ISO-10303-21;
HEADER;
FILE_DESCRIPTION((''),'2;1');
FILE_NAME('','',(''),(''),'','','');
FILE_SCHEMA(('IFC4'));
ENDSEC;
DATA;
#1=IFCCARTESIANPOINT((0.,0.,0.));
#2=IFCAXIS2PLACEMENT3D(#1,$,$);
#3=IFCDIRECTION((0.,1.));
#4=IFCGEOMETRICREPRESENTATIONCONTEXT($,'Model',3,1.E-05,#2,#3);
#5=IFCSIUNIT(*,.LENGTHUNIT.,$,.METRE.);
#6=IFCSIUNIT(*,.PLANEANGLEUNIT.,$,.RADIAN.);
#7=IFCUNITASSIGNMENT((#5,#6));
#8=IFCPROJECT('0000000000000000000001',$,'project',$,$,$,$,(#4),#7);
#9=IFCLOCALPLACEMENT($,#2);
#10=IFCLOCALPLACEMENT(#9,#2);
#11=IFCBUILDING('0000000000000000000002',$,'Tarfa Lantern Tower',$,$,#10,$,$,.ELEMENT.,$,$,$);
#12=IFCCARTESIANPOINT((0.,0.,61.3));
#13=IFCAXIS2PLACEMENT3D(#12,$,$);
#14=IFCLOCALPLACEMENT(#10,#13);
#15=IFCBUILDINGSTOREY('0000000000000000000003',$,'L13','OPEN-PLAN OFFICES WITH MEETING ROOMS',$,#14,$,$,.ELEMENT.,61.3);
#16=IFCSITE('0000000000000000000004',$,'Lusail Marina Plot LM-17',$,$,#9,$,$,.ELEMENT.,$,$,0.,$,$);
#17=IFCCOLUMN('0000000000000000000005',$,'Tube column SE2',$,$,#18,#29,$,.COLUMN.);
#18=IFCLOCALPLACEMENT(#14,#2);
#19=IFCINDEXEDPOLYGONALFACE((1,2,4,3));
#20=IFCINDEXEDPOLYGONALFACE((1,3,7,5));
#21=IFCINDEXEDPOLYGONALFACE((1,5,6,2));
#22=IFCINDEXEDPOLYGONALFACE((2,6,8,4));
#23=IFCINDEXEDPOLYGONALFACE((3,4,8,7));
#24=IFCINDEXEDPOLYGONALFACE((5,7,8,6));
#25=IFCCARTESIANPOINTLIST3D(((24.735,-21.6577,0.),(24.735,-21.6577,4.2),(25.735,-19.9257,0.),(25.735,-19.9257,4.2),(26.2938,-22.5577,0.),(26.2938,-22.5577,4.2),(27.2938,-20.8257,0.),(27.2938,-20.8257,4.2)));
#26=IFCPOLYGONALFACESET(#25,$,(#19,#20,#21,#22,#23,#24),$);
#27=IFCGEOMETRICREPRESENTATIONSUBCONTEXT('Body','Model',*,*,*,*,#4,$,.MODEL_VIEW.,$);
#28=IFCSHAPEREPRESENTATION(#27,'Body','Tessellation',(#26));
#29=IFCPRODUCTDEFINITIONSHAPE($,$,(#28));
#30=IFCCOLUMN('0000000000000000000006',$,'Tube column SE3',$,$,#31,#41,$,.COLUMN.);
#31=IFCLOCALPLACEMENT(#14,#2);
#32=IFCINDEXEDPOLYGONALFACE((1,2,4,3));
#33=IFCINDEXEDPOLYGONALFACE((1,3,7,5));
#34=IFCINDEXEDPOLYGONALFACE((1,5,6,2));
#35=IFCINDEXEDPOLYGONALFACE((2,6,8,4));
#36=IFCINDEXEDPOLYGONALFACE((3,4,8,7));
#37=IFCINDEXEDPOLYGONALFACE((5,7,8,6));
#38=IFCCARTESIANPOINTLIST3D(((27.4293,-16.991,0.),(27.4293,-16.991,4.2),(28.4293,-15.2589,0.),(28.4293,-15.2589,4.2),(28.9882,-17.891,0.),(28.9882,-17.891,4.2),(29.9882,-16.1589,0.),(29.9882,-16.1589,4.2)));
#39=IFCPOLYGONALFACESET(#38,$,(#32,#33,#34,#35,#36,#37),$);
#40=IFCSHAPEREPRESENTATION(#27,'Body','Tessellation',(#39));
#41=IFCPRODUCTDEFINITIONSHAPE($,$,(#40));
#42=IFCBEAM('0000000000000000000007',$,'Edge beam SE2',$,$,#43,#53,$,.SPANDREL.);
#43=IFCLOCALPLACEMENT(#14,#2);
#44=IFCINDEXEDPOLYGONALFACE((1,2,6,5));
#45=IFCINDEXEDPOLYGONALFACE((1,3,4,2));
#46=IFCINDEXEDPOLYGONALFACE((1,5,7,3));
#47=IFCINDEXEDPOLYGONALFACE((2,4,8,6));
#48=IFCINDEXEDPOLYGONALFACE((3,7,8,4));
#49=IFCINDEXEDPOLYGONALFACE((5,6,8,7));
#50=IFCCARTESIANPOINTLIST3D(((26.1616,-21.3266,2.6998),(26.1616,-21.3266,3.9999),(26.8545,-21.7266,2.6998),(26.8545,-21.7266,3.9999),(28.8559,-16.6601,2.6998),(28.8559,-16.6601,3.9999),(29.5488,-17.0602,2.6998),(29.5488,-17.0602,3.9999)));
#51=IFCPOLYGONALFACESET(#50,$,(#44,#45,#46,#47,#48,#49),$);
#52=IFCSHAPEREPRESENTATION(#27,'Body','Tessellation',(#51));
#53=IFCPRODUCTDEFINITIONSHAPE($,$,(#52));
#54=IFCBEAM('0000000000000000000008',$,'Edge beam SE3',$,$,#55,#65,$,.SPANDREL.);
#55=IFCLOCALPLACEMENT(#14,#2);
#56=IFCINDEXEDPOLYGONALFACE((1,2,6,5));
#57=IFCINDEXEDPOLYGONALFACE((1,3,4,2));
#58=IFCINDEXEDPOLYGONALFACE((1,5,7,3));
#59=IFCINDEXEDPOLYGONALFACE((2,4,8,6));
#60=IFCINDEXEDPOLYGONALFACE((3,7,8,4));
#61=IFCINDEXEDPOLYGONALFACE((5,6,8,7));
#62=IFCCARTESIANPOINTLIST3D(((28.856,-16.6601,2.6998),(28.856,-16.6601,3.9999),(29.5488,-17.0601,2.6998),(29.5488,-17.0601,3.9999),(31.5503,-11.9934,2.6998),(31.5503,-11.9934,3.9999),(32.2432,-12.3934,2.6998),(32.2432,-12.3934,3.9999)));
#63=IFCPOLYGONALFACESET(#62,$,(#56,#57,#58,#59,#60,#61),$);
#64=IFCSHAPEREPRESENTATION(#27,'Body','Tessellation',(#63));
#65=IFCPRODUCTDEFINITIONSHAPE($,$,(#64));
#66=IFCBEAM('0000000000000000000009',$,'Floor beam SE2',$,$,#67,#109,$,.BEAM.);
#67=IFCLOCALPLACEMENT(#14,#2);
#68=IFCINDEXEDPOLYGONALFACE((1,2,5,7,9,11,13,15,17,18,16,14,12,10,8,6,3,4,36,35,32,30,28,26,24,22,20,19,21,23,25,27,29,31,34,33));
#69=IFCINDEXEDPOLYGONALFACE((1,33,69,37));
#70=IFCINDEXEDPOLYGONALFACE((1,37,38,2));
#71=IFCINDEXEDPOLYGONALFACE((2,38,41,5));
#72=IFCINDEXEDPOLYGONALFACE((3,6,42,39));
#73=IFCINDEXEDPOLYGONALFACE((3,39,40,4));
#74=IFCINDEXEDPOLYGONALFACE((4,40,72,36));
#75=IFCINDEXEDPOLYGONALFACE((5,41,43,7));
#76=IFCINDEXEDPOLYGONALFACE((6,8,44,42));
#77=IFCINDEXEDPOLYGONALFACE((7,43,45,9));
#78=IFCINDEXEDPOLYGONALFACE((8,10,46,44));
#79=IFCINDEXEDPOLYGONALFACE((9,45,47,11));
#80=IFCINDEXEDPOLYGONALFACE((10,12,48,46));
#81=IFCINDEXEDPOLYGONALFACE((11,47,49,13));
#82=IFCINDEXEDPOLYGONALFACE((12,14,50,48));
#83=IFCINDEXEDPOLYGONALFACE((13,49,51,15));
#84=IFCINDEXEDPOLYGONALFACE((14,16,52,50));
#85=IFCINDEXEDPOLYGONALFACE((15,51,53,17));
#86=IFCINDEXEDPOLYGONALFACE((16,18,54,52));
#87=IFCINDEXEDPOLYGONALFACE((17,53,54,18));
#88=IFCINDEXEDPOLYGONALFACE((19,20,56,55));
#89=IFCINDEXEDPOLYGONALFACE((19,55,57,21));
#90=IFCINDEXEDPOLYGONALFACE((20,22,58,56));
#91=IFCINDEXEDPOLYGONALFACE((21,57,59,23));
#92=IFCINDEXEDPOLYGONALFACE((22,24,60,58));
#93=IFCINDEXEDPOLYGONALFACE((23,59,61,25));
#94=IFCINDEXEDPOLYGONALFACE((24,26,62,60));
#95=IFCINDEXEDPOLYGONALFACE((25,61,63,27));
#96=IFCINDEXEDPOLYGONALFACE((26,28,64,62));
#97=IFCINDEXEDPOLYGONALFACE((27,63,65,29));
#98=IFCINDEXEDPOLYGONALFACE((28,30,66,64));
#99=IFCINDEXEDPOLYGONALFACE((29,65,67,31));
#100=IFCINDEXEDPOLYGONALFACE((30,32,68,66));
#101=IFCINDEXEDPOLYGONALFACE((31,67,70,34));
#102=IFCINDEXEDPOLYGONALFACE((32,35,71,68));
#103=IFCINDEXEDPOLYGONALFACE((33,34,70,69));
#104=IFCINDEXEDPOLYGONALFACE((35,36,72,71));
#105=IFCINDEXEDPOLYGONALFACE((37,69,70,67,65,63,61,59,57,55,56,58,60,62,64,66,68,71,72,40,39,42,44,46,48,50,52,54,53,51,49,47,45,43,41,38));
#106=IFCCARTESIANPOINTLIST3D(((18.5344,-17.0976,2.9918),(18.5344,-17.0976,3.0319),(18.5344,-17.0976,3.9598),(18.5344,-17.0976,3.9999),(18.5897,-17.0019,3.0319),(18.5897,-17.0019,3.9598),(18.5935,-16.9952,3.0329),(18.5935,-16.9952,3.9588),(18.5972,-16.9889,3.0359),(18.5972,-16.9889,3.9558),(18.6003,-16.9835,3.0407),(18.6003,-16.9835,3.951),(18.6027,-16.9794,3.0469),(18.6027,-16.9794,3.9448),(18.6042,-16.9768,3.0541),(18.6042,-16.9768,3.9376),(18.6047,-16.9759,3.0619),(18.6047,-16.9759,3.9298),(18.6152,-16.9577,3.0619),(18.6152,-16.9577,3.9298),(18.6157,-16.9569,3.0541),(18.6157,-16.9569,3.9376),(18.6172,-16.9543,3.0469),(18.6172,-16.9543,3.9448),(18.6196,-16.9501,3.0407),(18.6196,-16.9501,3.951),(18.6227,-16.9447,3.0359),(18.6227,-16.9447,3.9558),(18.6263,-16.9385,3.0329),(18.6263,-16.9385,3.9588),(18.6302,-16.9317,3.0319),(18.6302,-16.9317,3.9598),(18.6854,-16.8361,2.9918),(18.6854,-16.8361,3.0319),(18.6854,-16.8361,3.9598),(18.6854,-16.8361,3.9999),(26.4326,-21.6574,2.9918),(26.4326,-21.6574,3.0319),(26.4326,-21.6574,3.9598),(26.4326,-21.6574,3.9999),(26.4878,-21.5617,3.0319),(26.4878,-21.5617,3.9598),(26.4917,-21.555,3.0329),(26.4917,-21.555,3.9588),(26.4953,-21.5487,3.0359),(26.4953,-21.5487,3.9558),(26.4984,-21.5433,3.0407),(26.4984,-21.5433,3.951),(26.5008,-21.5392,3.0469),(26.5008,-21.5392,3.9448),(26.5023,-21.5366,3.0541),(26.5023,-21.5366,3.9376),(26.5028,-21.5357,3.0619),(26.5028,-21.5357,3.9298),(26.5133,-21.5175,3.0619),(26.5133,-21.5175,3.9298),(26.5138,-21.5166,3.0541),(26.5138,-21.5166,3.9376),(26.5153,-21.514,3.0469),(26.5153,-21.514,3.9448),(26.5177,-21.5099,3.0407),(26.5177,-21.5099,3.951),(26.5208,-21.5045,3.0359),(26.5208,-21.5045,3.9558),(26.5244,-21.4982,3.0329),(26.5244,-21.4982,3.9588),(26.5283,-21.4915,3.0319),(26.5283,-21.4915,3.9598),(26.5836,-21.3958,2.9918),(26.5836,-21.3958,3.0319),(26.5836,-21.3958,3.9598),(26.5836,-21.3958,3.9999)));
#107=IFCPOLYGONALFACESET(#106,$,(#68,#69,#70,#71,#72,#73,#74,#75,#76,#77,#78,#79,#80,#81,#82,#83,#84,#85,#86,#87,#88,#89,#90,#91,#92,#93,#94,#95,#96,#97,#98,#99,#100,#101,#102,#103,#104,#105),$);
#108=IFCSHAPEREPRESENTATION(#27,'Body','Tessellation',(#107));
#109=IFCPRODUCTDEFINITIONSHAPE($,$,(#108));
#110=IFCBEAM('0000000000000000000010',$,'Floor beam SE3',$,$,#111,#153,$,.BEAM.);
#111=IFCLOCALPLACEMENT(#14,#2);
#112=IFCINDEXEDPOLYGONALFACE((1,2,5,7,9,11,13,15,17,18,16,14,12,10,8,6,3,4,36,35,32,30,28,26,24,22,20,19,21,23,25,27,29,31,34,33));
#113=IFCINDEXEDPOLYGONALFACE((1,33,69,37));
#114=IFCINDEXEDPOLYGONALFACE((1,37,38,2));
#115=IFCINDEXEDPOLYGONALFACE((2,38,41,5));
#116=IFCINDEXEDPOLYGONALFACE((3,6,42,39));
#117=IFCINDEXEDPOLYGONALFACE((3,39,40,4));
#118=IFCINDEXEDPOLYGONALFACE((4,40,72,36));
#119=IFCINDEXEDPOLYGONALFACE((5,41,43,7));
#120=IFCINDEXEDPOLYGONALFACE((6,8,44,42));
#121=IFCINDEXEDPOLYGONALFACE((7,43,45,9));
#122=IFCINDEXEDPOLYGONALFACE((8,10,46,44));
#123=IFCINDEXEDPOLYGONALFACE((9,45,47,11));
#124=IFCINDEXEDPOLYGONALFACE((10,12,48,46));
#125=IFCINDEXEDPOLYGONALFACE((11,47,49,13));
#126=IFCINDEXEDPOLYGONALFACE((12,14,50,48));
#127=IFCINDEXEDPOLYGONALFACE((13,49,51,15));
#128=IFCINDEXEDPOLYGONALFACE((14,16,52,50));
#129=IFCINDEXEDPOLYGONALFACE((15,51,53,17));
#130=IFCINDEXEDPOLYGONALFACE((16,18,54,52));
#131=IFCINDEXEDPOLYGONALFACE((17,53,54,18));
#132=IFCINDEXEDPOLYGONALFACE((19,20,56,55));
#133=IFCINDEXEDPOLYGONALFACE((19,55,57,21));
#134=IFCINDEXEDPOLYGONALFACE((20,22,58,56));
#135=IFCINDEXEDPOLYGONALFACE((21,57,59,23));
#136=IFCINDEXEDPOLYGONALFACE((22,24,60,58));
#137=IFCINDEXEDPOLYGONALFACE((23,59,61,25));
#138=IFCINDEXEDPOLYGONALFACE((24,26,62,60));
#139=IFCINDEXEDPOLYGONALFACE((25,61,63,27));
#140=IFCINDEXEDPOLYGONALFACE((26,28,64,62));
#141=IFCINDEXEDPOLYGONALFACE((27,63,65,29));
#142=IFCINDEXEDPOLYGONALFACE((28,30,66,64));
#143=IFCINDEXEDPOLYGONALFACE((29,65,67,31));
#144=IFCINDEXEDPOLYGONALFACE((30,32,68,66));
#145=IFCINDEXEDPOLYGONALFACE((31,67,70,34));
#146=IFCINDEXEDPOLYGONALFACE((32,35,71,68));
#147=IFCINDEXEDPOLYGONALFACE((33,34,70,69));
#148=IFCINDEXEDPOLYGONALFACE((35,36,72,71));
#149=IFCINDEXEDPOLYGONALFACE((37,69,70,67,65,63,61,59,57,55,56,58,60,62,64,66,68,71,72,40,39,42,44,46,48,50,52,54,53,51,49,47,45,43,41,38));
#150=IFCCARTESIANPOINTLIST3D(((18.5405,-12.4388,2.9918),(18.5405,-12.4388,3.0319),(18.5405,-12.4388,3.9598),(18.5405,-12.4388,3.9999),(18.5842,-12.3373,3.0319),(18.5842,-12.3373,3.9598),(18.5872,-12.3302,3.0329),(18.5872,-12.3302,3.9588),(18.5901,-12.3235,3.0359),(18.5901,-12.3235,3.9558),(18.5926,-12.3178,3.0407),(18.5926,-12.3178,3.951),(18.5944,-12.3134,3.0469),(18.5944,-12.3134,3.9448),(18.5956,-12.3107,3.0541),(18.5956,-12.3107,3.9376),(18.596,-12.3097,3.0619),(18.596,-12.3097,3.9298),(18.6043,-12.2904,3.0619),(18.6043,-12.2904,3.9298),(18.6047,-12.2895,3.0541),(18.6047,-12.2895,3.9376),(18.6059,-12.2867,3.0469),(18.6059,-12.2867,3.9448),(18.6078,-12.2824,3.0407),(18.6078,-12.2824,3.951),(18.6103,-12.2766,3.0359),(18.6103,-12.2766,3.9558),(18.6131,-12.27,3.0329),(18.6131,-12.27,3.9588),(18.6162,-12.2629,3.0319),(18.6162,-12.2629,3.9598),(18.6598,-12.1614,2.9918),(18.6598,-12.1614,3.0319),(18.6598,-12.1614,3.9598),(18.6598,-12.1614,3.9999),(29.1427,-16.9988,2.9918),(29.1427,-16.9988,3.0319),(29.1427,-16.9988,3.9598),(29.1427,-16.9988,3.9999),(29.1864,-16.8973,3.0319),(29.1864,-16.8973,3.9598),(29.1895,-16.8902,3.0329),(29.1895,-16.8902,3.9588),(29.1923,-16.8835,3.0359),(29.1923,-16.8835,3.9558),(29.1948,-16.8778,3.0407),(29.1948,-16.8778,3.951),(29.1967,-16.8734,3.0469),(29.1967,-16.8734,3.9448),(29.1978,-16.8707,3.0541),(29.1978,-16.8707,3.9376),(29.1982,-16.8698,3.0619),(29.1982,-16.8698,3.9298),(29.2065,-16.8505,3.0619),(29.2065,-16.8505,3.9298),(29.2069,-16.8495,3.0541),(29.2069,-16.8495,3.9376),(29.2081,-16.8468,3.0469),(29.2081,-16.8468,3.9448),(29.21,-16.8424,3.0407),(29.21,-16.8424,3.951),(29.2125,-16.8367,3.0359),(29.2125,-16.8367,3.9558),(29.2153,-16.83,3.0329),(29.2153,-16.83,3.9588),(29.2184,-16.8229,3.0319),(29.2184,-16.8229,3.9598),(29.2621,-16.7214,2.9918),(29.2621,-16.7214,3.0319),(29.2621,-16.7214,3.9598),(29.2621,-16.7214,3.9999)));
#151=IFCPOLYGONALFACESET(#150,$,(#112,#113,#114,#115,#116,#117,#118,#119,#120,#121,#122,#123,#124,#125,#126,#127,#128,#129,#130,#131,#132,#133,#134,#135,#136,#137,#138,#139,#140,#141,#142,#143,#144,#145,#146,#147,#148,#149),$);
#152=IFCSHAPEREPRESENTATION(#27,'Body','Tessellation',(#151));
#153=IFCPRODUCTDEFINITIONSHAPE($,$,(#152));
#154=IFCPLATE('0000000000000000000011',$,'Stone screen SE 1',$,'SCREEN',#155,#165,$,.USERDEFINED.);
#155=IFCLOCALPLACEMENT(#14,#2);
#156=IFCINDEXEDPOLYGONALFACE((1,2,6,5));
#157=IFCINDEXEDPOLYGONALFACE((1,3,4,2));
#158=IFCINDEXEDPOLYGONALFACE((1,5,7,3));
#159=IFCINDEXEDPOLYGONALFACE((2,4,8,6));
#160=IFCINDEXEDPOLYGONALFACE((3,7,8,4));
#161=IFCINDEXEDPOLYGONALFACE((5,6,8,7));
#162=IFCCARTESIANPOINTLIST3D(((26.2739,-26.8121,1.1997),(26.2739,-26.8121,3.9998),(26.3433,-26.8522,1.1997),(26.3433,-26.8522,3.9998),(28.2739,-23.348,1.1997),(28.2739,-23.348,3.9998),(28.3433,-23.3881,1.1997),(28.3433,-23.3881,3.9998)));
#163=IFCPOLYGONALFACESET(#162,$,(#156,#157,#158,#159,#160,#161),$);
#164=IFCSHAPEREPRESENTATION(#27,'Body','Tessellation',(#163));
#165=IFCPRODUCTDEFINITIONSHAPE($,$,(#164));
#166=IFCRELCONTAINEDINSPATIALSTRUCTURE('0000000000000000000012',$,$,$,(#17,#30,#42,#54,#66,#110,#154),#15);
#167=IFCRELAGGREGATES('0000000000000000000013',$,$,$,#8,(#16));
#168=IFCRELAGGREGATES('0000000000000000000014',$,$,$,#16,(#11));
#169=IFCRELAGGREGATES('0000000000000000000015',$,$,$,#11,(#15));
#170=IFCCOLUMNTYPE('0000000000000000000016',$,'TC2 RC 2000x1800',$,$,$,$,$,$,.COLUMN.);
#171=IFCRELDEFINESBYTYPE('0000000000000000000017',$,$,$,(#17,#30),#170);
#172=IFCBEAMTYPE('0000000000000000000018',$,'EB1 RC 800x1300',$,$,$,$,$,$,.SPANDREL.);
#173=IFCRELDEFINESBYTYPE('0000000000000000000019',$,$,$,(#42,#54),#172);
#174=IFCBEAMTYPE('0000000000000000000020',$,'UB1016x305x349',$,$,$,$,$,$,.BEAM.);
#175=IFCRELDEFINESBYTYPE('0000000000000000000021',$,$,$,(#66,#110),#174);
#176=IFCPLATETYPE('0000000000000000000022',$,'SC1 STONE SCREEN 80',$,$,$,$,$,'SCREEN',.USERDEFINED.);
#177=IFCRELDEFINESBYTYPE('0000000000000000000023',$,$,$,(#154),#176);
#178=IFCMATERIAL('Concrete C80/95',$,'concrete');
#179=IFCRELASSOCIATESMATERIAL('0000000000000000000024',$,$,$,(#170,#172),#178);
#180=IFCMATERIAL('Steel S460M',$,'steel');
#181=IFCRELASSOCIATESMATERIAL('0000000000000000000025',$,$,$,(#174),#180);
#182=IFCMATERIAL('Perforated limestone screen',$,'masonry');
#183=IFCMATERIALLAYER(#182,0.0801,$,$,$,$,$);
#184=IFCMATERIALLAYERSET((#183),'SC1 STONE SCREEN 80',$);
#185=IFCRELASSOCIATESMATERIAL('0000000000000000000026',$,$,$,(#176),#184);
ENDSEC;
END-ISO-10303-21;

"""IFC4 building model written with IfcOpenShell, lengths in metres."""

from ifc_helpers import new_model, si_unit, direction, frame, origin, origin_2d, place, context, subcontext, project, spatial, rectangle, i_section, extrude, material, layer, layer_set, material_profile, profile_set, type_object, element, save


model = new_model("IFC4")

# Units and contexts
model_context = context("Model", 3, precision=1e-05, world=origin(), true_north=direction((0.0, 1.0)))
body_context = subcontext(model_context, "Body", "Model", "MODEL_VIEW")
ifc_project = project(units=[si_unit("LENGTHUNIT", "METRE"), si_unit("PLANEANGLEUNIT", "RADIAN")], contexts=[model_context])

# Site, building, storey
site_placement = place(None, origin())
site = spatial("IfcSite", under=ifc_project, at=site_placement, Name="Lusail Marina Plot LM-17", CompositionType="ELEMENT", RefElevation=0.0)
building_placement = place(site_placement, origin())
building = spatial("IfcBuilding", under=site, at=building_placement, Name="Tarfa Lantern Tower", CompositionType="ELEMENT")
storey_placement = place(building_placement, frame((0.0, 0.0, 61.3)))
storey = spatial("IfcBuildingStorey", under=building, at=storey_placement, Name="L13", Description="OPEN-PLAN OFFICES WITH MEETING ROOMS", CompositionType="ELEMENT", Elevation=61.3)

# Columns
ifc_material_1 = material(Name="Concrete C80/95", Category="concrete")
ifc_material_profile_1 = material_profile(ifc_material_1, rectangle(XDim=2.0, YDim=1.8, at=origin_2d()), Name="RC 2000x1800")
ifc_profile_set_1 = profile_set([ifc_material_profile_1], Name="Concrete C80/95")
column_type = type_object("IfcColumnType", Name="TC2 RC 2000x1800", PredefinedType="COLUMN", material=ifc_profile_set_1)
for number, where, z_axis, x_axis, name in (
    (1, (26.0144, -21.2417, 0.0), (0.0, 0.0, 1.0), (0.5, 0.866025, 0.0), "Tube column SE2"),
    (2, (28.7087, -16.575, 0.0), (0.0, 0.0, 1.0), (0.5, 0.866025, 0.0), "Tube column SE3"),
):
    element("IfcColumn", number, at=place(storey_placement, frame(where, z_axis=z_axis, x_axis=x_axis)), inside=storey, type_object=column_type, Name=name, PredefinedType="COLUMN", context=body_context, shape_type="SweptSolid", body=[
        extrude(rectangle(XDim=2.0, YDim=1.8, at=origin_2d()), origin(), (0.0, 0.0, 1.0), 4.2),
    ])

# Beams
ifc_material_profile_2 = material_profile(ifc_material_1, rectangle(XDim=0.8, YDim=1.3, at=origin_2d()), Name="RC 800x1300")
ifc_profile_set_2 = profile_set([ifc_material_profile_2], Name="Concrete C80/95")
beam_type_1 = type_object("IfcBeamType", Name="EB1 RC 800x1300", PredefinedType="SPANDREL", material=ifc_profile_set_2)
beam_1_placement = place(storey_placement, frame((26.5081, -21.5266, 3.3499), z_axis=(0.500018, 0.866015, 0.0), x_axis=(-0.866015, 0.500018, 0.0)))
element("IfcBeam", 3, at=beam_1_placement, inside=storey, type_object=beam_type_1, Name="Edge beam SE2", PredefinedType="SPANDREL", context=body_context, shape_type="SweptSolid", body=[
    extrude(rectangle(XDim=0.8, YDim=1.3, at=origin_2d()), origin(), (0.0, 0.0, 1.0), 5.3884),
])
beam_2_placement = place(storey_placement, frame((29.2024, -16.8601, 3.3499), z_axis=(0.499998, 0.866026, 0.0), x_axis=(-0.866026, 0.499998, 0.0)))
element("IfcBeam", 4, at=beam_2_placement, inside=storey, type_object=beam_type_1, Name="Edge beam SE3", PredefinedType="SPANDREL", context=body_context, shape_type="SweptSolid", body=[
    extrude(rectangle(XDim=0.8, YDim=1.3, at=origin_2d()), origin(), (0.0, 0.0, 1.0), 5.3887),
])
ifc_material_2 = material(Name="Steel S460M", Category="steel")
ifc_material_profile_3 = material_profile(ifc_material_2, i_section(OverallWidth=0.302, OverallDepth=1.0081, WebThickness=0.021, FlangeThickness=0.04, FilletRadius=0.03, at=origin_2d()), Name="UB1016x305x349")
ifc_profile_set_3 = profile_set([ifc_material_profile_3], Name="Steel S460M")
beam_type_2 = type_object("IfcBeamType", Name="UB1016x305x349", PredefinedType="BEAM", material=ifc_profile_set_3)
beam_3_placement = place(storey_placement, frame((26.5081, -21.5266, 3.4958), z_axis=(-0.866035, 0.499983, 0.0), x_axis=(-0.499983, -0.866035, 0.0)))
element("IfcBeam", 5, at=beam_3_placement, inside=storey, type_object=beam_type_2, Name="Floor beam SE2", PredefinedType="BEAM", context=body_context, shape_type="SweptSolid", body=[
    extrude(i_section(OverallWidth=0.302, OverallDepth=1.0081, WebThickness=0.021, FlangeThickness=0.04, FilletRadius=0.03, at=origin_2d()), origin(), (0.0, 0.0, 1.0), 9.1199),
])
beam_4_placement = place(storey_placement, frame((29.2024, -16.8601, 3.4958), z_axis=(-0.918635, 0.395106, 0.0), x_axis=(-0.395106, -0.918635, 0.0)))
element("IfcBeam", 6, at=beam_4_placement, inside=storey, type_object=beam_type_2, Name="Floor beam SE3", PredefinedType="BEAM", context=body_context, shape_type="SweptSolid", body=[
    extrude(i_section(OverallWidth=0.302, OverallDepth=1.0081, WebThickness=0.021, FlangeThickness=0.04, FilletRadius=0.03, at=origin_2d()), origin(), (0.0, 0.0, 1.0), 11.5413),
])

# Plate
ifc_material_3 = material(Name="Perforated limestone screen", Category="masonry")
ifc_layer_1 = layer(ifc_material_3, 0.0801)
ifc_layer_set_1 = layer_set([ifc_layer_1], Name="SC1 STONE SCREEN 80")
plate_type = type_object("IfcPlateType", Name="SC1 STONE SCREEN 80", ElementType="SCREEN", PredefinedType="USERDEFINED", material=ifc_layer_set_1)
plate_placement = place(storey_placement, frame((27.3086, -25.1001, 1.1997), z_axis=(0.0, 0.0, 1.0), x_axis=(0.5, 0.866025, 0.0)))
element("IfcPlate", 7, at=plate_placement, inside=storey, type_object=plate_type, Name="Stone screen SE 1", ObjectType="SCREEN", PredefinedType="USERDEFINED", context=body_context, shape_type="SweptSolid", body=[
    extrude(rectangle(XDim=4.0, YDim=0.0801, at=origin_2d()), origin(), (0.0, 0.0, 1.0), 2.8),
])

save(model, "model.ifc")
